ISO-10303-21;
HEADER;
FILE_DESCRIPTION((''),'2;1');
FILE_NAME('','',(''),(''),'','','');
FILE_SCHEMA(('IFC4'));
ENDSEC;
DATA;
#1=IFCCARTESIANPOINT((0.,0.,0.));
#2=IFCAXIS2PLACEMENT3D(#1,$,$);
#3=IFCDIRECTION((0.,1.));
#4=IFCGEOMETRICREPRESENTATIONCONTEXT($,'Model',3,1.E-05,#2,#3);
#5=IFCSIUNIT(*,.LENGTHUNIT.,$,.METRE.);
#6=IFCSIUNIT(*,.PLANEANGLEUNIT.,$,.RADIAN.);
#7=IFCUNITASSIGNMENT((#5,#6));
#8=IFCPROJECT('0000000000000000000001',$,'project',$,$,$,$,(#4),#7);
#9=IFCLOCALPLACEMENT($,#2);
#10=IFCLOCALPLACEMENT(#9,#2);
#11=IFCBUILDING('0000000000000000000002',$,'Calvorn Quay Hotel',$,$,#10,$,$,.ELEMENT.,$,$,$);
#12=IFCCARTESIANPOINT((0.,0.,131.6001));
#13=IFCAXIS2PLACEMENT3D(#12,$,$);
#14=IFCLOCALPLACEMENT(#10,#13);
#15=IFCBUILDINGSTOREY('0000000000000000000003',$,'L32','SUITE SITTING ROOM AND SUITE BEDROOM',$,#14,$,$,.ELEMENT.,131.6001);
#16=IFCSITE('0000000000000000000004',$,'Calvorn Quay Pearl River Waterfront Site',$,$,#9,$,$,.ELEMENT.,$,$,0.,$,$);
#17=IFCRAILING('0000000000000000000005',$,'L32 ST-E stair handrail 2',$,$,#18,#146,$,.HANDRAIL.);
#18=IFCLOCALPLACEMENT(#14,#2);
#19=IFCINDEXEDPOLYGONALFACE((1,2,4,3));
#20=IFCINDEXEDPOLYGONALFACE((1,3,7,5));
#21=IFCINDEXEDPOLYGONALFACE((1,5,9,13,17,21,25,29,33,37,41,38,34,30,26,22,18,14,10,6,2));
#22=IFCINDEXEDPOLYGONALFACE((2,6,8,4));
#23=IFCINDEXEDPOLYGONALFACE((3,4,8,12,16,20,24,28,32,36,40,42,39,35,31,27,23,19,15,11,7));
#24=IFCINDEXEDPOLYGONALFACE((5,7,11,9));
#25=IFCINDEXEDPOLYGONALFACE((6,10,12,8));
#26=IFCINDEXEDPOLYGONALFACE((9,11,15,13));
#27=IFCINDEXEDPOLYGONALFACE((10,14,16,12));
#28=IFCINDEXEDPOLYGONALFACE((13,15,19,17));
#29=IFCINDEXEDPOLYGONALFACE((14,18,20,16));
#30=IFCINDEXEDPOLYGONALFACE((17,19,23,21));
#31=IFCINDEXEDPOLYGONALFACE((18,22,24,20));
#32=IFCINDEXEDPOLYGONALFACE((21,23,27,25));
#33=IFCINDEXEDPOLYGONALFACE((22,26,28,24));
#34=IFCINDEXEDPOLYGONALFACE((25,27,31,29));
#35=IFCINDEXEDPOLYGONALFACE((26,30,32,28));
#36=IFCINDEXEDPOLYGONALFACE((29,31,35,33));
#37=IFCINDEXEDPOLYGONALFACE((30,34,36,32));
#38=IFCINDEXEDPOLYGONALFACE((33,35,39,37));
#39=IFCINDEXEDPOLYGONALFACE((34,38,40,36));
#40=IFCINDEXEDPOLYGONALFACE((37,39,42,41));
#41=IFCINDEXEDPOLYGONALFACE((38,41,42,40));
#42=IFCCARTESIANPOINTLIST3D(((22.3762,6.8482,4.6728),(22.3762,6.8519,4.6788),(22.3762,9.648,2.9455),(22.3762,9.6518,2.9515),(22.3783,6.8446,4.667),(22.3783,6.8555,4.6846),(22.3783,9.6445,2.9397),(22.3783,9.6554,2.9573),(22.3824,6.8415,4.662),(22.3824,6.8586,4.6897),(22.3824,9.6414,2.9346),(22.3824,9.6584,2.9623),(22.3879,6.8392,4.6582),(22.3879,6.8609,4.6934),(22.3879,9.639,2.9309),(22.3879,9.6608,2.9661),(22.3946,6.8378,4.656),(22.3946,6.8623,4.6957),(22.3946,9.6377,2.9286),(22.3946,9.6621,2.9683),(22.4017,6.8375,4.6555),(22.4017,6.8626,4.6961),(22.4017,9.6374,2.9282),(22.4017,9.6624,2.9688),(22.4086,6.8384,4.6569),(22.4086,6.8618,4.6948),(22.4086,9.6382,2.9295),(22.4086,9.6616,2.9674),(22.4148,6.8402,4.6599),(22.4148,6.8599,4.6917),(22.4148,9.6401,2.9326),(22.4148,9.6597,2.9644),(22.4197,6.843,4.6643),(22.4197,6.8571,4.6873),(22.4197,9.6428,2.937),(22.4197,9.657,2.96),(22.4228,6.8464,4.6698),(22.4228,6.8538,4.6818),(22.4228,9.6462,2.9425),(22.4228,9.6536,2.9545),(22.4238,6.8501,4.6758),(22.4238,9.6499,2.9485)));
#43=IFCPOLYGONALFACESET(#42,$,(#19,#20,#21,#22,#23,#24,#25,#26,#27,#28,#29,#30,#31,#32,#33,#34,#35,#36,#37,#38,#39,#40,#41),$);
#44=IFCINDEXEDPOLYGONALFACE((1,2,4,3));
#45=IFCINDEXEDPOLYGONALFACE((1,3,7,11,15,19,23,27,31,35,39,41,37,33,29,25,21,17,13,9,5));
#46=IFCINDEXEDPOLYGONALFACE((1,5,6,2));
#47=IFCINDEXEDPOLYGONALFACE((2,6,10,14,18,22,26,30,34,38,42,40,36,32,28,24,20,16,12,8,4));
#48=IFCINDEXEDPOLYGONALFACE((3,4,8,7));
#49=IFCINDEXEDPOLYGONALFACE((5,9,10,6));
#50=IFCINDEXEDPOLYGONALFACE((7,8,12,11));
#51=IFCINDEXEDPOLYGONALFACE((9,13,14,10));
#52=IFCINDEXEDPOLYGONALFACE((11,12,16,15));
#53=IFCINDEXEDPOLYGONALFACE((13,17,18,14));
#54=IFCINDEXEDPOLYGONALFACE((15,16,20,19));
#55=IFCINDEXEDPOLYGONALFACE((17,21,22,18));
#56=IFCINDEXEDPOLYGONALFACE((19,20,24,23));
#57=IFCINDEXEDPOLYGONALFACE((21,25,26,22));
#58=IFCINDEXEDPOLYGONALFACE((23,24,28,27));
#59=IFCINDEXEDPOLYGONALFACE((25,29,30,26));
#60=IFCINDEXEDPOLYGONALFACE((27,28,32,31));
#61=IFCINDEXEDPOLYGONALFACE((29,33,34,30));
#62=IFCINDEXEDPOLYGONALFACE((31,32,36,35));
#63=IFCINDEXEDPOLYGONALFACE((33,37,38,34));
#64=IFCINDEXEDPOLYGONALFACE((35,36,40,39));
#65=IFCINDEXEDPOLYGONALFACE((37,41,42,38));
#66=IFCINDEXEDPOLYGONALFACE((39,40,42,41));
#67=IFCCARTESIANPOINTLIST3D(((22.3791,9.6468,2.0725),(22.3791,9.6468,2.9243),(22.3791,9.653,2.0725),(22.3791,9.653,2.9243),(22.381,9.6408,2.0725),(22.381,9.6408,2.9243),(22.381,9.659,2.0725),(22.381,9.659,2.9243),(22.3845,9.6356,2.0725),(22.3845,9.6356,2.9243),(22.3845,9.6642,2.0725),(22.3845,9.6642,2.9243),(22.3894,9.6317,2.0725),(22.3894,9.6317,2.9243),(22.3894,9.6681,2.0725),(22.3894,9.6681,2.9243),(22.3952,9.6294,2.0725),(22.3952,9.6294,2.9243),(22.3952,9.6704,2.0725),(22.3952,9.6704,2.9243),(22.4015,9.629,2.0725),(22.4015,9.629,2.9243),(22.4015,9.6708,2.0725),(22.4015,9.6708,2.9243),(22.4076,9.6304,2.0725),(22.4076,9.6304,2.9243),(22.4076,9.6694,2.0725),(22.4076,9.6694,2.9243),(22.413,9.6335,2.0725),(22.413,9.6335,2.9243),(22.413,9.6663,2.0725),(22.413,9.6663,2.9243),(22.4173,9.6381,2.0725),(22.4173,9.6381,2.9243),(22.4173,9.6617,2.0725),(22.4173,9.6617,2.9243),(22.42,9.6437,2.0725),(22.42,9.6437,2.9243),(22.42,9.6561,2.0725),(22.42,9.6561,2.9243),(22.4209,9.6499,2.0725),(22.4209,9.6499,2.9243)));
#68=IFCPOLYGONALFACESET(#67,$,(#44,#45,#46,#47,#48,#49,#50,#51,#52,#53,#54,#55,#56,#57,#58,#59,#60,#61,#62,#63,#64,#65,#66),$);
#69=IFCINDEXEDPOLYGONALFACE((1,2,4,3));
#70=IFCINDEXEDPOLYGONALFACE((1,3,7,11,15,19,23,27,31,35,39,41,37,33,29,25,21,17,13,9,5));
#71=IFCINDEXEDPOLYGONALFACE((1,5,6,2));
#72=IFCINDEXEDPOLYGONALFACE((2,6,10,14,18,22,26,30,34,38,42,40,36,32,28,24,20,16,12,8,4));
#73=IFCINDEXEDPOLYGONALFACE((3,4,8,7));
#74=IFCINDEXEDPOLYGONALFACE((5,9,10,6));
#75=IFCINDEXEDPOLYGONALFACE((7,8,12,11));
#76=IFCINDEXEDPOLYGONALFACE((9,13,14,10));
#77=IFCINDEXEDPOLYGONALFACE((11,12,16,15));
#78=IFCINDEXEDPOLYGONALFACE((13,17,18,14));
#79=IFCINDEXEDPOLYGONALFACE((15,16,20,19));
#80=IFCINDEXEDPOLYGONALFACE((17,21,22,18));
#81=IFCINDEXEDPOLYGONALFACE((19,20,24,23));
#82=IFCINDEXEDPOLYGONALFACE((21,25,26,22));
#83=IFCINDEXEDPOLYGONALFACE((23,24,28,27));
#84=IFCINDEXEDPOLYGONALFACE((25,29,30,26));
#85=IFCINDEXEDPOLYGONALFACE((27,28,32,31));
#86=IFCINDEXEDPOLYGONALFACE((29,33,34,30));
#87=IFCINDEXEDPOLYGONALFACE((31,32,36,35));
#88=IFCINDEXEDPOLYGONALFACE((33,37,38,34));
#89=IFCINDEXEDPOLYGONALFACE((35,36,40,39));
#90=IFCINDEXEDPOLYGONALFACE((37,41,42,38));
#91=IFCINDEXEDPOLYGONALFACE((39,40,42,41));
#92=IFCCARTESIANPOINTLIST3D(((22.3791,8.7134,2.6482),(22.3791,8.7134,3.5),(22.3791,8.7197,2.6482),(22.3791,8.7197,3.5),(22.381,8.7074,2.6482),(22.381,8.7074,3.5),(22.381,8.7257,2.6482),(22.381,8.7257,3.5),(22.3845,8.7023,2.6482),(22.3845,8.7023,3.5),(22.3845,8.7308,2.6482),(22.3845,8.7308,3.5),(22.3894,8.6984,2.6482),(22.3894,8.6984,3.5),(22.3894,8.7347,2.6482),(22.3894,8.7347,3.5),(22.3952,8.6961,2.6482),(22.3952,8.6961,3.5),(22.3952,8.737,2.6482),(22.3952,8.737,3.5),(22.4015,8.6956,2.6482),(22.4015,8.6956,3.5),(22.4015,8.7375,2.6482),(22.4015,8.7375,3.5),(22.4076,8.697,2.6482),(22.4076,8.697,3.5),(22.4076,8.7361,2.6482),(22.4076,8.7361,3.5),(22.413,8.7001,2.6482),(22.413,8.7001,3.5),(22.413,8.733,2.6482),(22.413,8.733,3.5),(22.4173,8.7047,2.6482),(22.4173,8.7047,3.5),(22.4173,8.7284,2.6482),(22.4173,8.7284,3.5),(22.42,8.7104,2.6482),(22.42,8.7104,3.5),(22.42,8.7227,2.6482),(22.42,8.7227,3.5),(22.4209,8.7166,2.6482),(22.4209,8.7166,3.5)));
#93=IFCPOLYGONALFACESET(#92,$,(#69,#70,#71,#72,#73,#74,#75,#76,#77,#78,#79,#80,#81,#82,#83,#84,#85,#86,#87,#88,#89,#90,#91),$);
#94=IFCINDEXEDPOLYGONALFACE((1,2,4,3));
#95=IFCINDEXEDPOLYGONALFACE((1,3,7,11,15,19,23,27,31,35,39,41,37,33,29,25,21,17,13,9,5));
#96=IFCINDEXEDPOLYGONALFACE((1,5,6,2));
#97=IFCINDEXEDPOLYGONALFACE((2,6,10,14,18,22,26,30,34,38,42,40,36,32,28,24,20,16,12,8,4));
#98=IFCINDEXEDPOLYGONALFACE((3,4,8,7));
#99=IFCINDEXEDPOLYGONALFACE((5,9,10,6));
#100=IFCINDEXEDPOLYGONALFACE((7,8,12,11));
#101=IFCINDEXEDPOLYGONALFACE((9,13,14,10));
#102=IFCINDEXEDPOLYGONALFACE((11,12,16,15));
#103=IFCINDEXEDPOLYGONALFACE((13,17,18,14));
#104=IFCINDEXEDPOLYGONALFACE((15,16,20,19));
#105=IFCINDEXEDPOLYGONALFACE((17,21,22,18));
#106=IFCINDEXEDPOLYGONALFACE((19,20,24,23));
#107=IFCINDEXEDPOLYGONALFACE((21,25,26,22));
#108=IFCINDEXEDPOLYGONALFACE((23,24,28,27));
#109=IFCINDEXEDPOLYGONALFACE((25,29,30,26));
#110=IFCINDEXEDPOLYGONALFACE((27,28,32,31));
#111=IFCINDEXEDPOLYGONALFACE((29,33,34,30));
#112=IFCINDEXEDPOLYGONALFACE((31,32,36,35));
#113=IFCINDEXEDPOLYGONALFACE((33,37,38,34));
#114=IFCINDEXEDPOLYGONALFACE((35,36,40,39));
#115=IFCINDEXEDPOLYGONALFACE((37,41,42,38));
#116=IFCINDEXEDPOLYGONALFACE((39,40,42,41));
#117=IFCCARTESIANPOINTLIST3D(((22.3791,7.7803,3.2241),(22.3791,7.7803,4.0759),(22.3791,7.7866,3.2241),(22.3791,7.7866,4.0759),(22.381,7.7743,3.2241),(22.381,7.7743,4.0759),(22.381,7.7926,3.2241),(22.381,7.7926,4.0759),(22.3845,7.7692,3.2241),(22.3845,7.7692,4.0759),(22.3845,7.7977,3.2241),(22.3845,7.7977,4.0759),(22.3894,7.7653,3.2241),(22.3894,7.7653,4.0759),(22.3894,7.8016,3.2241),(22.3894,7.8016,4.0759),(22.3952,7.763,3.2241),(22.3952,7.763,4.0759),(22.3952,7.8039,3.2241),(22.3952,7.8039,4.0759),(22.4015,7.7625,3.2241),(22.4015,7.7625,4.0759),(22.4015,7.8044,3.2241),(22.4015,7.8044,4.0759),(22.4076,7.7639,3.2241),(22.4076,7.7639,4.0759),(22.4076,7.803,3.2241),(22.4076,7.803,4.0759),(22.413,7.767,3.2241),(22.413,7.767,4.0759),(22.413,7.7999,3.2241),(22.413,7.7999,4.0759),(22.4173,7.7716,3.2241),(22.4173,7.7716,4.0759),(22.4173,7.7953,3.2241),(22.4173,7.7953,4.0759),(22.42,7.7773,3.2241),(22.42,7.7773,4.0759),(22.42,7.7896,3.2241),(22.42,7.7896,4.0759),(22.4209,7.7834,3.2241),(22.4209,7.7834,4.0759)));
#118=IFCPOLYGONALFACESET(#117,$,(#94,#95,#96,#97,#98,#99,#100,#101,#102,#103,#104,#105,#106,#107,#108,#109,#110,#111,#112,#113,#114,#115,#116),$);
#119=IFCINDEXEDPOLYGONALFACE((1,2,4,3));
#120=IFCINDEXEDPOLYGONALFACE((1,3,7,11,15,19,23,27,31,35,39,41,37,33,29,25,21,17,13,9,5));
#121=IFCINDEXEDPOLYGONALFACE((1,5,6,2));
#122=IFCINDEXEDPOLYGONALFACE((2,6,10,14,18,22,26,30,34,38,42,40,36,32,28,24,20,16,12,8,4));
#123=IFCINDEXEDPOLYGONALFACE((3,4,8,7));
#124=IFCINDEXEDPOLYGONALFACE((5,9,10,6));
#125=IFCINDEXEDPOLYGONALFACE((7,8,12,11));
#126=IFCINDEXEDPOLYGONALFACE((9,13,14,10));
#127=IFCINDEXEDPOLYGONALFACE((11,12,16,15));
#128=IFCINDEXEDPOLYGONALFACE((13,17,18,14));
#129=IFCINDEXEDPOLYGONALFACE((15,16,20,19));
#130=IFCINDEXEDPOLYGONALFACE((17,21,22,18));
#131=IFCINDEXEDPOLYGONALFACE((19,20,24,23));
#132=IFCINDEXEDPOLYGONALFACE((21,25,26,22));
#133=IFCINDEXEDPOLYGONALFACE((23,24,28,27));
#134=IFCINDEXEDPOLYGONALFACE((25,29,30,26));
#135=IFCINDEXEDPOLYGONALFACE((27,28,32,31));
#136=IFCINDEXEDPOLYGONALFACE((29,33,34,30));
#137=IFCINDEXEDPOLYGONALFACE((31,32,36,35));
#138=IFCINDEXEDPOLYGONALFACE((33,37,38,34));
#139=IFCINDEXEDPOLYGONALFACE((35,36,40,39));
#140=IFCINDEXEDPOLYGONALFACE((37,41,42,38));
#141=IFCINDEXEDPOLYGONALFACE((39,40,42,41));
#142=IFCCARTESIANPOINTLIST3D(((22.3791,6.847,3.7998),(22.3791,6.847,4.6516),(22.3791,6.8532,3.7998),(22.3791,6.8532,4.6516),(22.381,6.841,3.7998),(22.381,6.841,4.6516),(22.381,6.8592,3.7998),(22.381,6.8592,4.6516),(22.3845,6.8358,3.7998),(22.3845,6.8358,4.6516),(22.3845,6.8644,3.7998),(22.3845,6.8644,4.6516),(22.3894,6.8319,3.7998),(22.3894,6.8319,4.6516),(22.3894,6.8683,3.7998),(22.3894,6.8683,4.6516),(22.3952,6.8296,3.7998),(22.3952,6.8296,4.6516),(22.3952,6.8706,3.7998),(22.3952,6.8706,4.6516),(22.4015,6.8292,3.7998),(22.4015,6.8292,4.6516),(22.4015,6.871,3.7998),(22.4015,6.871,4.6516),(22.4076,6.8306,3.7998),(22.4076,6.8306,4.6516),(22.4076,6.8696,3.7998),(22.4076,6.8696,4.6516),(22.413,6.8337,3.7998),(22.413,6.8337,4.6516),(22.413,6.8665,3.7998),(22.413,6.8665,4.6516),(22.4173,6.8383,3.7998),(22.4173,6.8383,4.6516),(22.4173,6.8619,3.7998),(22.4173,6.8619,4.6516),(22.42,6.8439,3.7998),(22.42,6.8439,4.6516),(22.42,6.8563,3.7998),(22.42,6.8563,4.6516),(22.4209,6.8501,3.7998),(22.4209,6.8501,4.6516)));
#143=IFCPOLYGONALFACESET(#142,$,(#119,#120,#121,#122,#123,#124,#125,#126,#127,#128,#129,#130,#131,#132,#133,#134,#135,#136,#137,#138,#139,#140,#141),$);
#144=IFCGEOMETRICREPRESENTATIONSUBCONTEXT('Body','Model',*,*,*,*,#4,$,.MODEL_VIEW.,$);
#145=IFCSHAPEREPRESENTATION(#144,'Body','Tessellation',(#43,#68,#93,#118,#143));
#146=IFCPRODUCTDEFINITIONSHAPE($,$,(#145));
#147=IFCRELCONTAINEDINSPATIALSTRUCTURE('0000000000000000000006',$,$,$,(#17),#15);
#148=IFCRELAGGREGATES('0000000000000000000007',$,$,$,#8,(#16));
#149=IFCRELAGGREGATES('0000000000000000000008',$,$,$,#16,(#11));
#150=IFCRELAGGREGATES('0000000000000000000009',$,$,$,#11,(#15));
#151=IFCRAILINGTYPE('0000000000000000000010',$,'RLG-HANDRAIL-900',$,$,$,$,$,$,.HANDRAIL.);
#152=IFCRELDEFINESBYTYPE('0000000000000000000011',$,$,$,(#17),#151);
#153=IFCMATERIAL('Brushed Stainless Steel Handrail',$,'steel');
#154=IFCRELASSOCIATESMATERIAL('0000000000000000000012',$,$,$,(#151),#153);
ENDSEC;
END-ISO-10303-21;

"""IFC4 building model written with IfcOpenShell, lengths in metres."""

from ifc_helpers import new_model, si_unit, direction, frame, origin, origin_2d, place, context, subcontext, project, spatial, circle, extrude, material, type_object, element, save


model = new_model("IFC4")

# Units and contexts
model_context = context("Model", 3, precision=1e-05, world=origin(), true_north=direction((0.0, 1.0)))
body_context = subcontext(model_context, "Body", "Model", "MODEL_VIEW")
ifc_project = project(units=[si_unit("LENGTHUNIT", "METRE"), si_unit("PLANEANGLEUNIT", "RADIAN")], contexts=[model_context])

# Site, building, storey
site_placement = place(None, origin())
site = spatial("IfcSite", under=ifc_project, at=site_placement, Name="Calvorn Quay Pearl River Waterfront Site", CompositionType="ELEMENT", RefElevation=0.0)
building_placement = place(site_placement, origin())
building = spatial("IfcBuilding", under=site, at=building_placement, Name="Calvorn Quay Hotel", CompositionType="ELEMENT")
storey_placement = place(building_placement, frame((0.0, 0.0, 131.6001)))
storey = spatial("IfcBuildingStorey", under=building, at=storey_placement, Name="L32", Description="SUITE SITTING ROOM AND SUITE BEDROOM", CompositionType="ELEMENT", Elevation=131.6001)

# Railing
ifc_material_1 = material(Name="Brushed Stainless Steel Handrail", Category="steel")
railing_type_1 = type_object("IfcRailingType", Name="RLG-HANDRAIL-900", PredefinedType="HANDRAIL", material=ifc_material_1)
railing_1_placement = place(storey_placement, frame((22.3999, 9.6499, 2.0725)))
element("IfcRailing", 1, at=railing_1_placement, inside=storey, type_object=railing_type_1, Name="L32 ST-E stair handrail 2", PredefinedType="HANDRAIL", context=body_context, shape_type="SweptSolid", body=[
    extrude(circle(Radius=0.0239, at=origin_2d()), frame((0.0, 0.0, 0.876), z_axis=(0.0, -0.851069, 0.525054), x_axis=(1.0, 0.0, 0.0)), (0.0, 0.0, 1.0), 3.2898),
    extrude(circle(Radius=0.021, at=origin_2d()), origin(), (0.0, 0.0, 1.0), 0.8518),
    extrude(circle(Radius=0.021, at=origin_2d()), frame((0.0, -0.9333, 0.5757)), (0.0, 0.0, 1.0), 0.8518),
    extrude(circle(Radius=0.021, at=origin_2d()), frame((0.0, -1.8665, 1.1516)), (0.0, 0.0, 1.0), 0.8518),
    extrude(circle(Radius=0.021, at=origin_2d()), frame((0.0, -2.7998, 1.7273)), (0.0, 0.0, 1.0), 0.8518),
])

save(model, "model.ifc")
